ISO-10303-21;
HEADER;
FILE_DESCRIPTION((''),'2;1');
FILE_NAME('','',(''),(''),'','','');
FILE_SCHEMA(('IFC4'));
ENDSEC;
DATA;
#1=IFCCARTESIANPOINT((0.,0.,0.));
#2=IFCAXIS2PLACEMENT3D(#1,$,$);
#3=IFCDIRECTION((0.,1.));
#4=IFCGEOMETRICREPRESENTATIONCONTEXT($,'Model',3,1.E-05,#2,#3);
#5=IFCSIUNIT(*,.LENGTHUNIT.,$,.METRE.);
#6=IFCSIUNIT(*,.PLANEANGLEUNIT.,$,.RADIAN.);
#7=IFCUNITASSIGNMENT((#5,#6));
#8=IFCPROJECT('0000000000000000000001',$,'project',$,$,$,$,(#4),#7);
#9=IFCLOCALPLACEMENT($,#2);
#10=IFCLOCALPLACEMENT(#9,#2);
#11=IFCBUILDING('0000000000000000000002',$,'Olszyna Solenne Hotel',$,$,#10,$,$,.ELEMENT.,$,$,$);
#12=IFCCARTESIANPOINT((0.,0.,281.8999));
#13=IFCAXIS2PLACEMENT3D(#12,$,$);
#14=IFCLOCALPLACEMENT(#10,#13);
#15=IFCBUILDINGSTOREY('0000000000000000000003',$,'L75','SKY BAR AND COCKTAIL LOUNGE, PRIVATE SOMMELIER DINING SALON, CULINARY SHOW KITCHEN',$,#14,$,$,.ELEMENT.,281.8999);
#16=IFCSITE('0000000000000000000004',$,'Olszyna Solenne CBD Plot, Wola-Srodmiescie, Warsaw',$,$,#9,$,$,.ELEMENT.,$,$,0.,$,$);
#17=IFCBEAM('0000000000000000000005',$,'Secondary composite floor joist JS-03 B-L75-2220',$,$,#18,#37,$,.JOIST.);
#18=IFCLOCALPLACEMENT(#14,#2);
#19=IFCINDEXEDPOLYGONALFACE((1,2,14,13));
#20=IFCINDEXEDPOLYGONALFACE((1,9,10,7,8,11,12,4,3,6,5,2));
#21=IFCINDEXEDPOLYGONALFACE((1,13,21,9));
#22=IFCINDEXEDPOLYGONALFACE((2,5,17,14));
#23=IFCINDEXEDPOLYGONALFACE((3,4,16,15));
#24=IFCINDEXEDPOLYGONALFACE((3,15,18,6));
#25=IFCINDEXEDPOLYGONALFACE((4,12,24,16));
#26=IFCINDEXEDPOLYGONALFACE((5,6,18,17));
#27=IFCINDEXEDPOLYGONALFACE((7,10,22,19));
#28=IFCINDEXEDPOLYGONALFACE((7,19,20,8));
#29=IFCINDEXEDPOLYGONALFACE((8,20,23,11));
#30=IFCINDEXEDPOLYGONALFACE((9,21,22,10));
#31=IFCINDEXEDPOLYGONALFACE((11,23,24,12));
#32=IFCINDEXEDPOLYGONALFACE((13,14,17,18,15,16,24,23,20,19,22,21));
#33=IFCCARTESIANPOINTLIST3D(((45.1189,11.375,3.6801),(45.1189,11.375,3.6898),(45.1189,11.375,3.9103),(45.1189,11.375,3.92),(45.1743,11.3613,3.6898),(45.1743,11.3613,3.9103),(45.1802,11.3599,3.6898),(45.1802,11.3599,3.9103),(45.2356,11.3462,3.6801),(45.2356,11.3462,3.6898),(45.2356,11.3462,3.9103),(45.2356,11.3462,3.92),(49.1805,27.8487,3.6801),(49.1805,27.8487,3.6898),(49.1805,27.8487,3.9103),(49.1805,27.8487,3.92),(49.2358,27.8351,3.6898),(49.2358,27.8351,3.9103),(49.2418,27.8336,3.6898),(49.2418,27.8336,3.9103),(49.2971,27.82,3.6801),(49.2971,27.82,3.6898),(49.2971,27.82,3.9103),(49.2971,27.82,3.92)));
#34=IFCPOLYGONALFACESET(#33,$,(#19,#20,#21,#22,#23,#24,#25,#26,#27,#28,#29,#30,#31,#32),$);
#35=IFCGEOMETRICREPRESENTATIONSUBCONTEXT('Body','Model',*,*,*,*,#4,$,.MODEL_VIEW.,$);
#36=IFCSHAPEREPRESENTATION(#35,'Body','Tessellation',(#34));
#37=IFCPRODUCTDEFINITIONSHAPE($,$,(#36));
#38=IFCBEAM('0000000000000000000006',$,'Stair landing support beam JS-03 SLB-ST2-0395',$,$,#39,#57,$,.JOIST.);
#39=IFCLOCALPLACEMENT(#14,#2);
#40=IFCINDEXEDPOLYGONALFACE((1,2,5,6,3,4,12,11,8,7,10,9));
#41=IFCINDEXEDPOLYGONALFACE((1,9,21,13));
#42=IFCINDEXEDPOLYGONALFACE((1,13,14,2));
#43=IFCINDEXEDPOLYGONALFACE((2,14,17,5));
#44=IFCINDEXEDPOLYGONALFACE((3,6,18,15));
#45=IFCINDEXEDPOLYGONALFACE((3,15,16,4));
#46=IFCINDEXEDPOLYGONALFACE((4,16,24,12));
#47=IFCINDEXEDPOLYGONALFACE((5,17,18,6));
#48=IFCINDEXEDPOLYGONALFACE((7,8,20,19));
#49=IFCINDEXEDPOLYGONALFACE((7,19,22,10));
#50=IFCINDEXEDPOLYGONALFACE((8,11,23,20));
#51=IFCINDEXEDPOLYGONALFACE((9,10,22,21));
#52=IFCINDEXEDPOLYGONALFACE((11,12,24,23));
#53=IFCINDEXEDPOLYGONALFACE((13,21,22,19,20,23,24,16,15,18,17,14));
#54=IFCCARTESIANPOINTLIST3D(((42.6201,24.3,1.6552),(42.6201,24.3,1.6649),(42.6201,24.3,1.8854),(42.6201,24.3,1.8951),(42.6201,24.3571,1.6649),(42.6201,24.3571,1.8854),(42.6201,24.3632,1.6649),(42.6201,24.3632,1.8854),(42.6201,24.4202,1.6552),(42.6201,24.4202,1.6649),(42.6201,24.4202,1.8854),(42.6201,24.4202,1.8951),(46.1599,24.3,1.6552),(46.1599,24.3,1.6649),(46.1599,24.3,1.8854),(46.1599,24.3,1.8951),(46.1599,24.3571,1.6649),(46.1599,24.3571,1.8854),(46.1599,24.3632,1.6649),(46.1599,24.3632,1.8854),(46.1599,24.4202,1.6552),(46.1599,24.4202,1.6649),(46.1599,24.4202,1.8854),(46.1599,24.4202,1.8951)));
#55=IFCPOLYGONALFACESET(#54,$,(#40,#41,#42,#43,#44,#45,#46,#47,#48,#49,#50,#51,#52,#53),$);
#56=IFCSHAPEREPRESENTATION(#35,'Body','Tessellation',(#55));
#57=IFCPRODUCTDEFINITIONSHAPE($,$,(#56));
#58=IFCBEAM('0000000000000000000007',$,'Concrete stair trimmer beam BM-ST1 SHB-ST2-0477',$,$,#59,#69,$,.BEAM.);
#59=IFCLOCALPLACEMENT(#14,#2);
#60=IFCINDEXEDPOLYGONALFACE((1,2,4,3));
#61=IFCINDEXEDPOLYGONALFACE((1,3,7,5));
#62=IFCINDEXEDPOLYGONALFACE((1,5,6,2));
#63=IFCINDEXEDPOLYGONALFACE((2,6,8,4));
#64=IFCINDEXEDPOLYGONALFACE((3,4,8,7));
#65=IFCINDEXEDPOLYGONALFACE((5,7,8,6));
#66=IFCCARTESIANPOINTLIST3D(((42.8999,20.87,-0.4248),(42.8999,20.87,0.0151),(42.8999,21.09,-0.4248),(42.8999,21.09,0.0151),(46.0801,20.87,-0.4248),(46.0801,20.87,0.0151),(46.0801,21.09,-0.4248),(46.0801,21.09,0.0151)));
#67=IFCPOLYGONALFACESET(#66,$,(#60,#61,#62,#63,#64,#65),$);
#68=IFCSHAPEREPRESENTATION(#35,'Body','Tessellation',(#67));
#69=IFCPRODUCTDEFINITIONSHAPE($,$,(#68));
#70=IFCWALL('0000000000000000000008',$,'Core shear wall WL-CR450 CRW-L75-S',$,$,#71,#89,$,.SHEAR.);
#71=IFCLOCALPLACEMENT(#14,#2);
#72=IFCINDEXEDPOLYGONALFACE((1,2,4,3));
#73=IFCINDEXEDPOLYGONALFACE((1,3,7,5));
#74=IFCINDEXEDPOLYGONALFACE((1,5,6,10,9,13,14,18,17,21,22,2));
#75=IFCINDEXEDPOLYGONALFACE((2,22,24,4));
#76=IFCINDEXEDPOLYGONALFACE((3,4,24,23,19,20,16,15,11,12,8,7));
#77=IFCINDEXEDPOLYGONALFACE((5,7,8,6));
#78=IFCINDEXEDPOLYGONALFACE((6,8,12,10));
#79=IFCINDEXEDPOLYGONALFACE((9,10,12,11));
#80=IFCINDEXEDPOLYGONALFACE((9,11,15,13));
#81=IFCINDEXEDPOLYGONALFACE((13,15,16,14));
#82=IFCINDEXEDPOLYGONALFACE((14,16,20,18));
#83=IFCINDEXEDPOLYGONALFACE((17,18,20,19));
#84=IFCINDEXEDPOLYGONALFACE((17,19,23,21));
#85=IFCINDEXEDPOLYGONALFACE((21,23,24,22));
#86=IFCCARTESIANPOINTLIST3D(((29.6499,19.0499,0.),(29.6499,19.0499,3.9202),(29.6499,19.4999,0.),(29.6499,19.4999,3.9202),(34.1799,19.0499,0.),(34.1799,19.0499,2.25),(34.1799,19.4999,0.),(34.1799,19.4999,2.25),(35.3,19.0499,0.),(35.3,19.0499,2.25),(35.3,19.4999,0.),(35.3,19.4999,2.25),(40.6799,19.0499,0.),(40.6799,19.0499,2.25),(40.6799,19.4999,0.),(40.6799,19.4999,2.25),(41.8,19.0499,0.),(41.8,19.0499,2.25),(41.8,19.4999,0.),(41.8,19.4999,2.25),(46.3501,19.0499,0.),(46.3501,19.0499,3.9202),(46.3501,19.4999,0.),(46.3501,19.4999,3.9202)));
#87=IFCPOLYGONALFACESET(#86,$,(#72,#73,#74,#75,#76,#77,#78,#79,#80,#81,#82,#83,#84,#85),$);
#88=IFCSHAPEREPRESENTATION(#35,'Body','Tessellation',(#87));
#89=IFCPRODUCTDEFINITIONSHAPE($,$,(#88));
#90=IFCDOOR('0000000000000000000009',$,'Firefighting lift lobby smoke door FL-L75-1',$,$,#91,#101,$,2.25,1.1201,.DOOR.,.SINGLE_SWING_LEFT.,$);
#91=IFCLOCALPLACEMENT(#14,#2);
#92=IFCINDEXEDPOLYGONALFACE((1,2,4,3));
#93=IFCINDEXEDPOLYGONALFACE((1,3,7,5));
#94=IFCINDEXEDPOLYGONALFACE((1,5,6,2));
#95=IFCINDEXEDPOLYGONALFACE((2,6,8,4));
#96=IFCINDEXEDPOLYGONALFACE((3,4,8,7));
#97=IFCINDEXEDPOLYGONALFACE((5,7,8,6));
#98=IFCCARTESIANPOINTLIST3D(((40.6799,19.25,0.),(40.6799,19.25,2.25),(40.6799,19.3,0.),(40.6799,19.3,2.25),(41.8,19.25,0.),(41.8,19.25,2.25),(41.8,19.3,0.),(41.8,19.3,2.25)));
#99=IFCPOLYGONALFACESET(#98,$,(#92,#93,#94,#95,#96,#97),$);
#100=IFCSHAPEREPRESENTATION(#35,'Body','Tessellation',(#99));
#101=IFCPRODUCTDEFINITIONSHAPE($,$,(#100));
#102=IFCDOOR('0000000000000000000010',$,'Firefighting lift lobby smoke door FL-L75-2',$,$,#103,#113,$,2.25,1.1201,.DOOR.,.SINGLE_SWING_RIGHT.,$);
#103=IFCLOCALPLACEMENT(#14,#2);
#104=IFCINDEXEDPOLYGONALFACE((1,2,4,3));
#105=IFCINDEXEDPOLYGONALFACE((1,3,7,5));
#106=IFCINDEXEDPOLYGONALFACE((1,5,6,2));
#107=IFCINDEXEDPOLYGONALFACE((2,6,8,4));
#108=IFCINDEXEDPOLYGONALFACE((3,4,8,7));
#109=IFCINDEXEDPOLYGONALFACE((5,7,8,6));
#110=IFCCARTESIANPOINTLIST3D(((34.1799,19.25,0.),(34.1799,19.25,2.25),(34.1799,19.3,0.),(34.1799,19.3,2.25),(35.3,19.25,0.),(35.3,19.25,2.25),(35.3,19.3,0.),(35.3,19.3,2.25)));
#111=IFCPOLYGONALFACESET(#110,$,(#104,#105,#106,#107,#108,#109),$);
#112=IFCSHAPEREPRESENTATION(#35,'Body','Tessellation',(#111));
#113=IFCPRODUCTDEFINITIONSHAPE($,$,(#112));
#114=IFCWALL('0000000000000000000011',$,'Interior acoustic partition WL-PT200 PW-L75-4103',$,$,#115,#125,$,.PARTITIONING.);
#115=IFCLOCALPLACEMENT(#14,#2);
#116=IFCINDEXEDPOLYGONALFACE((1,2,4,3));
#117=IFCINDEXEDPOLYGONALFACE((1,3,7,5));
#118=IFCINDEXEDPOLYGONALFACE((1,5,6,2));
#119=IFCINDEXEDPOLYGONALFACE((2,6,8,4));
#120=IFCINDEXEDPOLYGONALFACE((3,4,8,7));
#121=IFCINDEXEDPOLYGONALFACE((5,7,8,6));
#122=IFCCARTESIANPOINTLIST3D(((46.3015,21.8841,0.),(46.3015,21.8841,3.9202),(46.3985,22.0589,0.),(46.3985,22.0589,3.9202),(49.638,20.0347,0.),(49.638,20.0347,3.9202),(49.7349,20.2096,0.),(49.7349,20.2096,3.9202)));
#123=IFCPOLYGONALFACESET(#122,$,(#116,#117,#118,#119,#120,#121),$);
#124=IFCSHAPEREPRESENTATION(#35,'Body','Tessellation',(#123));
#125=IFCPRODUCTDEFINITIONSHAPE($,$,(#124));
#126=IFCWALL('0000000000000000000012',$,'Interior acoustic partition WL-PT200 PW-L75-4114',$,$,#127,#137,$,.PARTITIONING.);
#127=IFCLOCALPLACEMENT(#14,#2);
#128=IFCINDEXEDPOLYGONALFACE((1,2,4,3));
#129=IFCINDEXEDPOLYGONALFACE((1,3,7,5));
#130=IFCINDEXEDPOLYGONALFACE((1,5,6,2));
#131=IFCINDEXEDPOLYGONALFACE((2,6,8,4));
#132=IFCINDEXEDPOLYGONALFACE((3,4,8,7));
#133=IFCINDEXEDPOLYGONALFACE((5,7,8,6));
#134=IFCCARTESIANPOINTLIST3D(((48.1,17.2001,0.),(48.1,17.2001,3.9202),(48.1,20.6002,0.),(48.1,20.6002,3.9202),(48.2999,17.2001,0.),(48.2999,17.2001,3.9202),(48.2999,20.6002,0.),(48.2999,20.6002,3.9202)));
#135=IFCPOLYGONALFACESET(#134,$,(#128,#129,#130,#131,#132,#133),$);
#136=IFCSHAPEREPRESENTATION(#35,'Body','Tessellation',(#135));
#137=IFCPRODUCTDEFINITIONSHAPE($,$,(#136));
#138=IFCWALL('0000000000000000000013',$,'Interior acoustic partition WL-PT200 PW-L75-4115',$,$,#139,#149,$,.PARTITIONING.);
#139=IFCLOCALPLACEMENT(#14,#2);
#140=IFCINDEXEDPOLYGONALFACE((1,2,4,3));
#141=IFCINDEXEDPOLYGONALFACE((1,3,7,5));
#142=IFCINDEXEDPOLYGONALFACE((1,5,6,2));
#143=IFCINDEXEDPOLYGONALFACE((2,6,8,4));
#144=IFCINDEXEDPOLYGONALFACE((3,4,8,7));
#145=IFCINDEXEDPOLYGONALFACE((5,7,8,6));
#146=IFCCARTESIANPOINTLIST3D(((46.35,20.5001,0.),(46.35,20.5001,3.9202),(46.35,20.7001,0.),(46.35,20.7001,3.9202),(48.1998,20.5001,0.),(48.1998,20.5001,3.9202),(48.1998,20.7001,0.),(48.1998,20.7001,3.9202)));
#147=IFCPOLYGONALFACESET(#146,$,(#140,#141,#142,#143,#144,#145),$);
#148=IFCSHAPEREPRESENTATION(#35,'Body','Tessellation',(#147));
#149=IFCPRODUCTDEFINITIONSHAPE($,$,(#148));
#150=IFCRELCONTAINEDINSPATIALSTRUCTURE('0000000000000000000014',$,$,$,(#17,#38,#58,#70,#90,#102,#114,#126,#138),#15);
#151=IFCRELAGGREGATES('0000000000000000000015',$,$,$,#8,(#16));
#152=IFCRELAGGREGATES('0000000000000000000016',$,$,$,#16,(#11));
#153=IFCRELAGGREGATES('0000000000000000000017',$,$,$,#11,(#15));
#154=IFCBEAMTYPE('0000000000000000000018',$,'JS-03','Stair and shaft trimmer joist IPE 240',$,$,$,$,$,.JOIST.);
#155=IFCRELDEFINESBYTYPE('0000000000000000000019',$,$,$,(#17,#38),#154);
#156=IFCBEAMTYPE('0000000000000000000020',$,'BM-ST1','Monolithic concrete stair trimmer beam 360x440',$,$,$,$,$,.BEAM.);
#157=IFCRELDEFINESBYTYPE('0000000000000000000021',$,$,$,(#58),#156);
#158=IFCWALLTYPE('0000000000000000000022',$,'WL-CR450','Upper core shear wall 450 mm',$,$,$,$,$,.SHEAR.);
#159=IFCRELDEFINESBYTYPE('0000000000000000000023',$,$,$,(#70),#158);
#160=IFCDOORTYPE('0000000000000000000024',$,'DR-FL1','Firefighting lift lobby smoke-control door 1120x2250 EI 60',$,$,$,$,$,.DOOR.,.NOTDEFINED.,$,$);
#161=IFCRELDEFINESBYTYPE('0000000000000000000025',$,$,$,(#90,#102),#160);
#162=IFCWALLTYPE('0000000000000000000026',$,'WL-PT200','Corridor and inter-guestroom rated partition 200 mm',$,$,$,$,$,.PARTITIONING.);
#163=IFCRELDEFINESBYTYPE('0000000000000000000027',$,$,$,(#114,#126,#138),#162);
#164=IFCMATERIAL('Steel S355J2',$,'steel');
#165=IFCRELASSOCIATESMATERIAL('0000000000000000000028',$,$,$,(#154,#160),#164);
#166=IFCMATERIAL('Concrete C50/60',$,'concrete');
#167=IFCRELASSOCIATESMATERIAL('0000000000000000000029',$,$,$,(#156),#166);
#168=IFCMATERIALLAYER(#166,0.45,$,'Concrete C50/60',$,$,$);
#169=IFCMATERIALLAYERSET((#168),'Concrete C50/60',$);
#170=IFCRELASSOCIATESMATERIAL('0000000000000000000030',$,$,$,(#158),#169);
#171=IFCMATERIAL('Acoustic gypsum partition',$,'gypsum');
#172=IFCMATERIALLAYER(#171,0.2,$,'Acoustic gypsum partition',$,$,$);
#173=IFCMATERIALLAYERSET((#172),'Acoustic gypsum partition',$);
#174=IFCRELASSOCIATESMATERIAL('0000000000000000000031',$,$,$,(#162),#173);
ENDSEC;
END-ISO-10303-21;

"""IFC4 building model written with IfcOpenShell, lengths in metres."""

from ifc_helpers import new_model, si_unit, direction, frame, frame_2d, origin, origin_2d, place, context, subcontext, project, spatial, rectangle, i_section, extrude, source, transform, mapped, material, layer, layer_set, material_profile, profile_set, type_object, type_shapes, element, fill, save


model = new_model("IFC4")

# Units and contexts
model_context = context("Model", 3, precision=1e-05, world=origin(), true_north=direction((0.0, 1.0)))
body_context = subcontext(model_context, "Body", "Model", "MODEL_VIEW")
ifc_project = project(units=[si_unit("LENGTHUNIT", "METRE"), si_unit("PLANEANGLEUNIT", "RADIAN")], contexts=[model_context])

# Site, building, storey
site_placement = place(None, origin())
site = spatial("IfcSite", under=ifc_project, at=site_placement, Name="Olszyna Solenne CBD Plot, Wola-Srodmiescie, Warsaw", CompositionType="ELEMENT", RefElevation=0.0)
building_placement = place(site_placement, origin())
building = spatial("IfcBuilding", under=site, at=building_placement, Name="Olszyna Solenne Hotel", CompositionType="ELEMENT")
storey_placement = place(building_placement, frame((0.0, 0.0, 281.8999)))
storey = spatial("IfcBuildingStorey", under=building, at=storey_placement, Name="L75", Description="SKY BAR AND COCKTAIL LOUNGE, PRIVATE SOMMELIER DINING SALON, CULINARY SHOW KITCHEN", CompositionType="ELEMENT", Elevation=281.8999)

# Beams
ifc_material_1 = material(Name="Steel S355J2", Category="steel")
ifc_material_profile_1 = material_profile(ifc_material_1, i_section(OverallWidth=0.1201, OverallDepth=0.24, WebThickness=0.0061, FlangeThickness=0.0098, at=origin_2d()), Name="IPE 240", Category="load-bearing")
ifc_profile_set_1 = profile_set([ifc_material_profile_1], Name="Steel S355J2")
beam_type_1 = type_object("IfcBeamType", Name="JS-03", Description="Stair and shaft trimmer joist IPE 240", PredefinedType="JOIST", material=ifc_profile_set_1)
shared_shape_1 = source(origin(), body_context, "Body", "SweptSolid", [
    extrude(i_section(OverallWidth=0.1201, OverallDepth=0.24, WebThickness=0.0061, FlangeThickness=0.0098, at=origin_2d()), origin(), (0.0, 0.0, 1.0), 16.967),
])
beam_1_placement = place(storey_placement, frame((45.1772, 11.3606, 3.8), z_axis=(0.239379, 0.970926, 0.0), x_axis=(-0.970926, 0.239379, 0.0)))
element("IfcBeam", 1, at=beam_1_placement, inside=storey, type_object=beam_type_1, Name="Secondary composite floor joist JS-03 B-L75-2220", PredefinedType="JOIST", context=body_context, shape_type="MappedRepresentation", body=[
    mapped(shared_shape_1, transform((0.0, 0.0, 0.0), x_axis=(1.0, 0.0, 0.0), y_axis=(0.0, 1.0, 0.0), z_axis=(0.0, 0.0, 1.0), scale=1.0)),
])
shared_shape_2 = source(origin(), body_context, "Body", "SweptSolid", [
    extrude(i_section(OverallWidth=0.1201, OverallDepth=0.24, WebThickness=0.0061, FlangeThickness=0.0098, at=origin_2d()), origin(), (0.0, 0.0, 1.0), 3.5398),
])
beam_2_placement = place(storey_placement, frame((46.1599, 24.3601, 1.7751), z_axis=(-1.0, 0.0, 0.0), x_axis=(0.0, -1.0, 0.0)))
element("IfcBeam", 2, at=beam_2_placement, inside=storey, type_object=beam_type_1, Name="Stair landing support beam JS-03 SLB-ST2-0395", PredefinedType="JOIST", context=body_context, shape_type="MappedRepresentation", body=[
    mapped(shared_shape_2, transform((0.0, 0.0, 0.0), x_axis=(1.0, 0.0, 0.0), y_axis=(0.0, 1.0, 0.0), z_axis=(0.0, 0.0, 1.0), scale=1.0)),
])
ifc_material_2 = material(Name="Concrete C50/60", Category="concrete")
ifc_material_profile_2 = material_profile(ifc_material_2, rectangle(XDim=0.22, YDim=0.4399, at=origin_2d()), Name="RC 220x440", Category="load-bearing")
ifc_profile_set_2 = profile_set([ifc_material_profile_2], Name="Concrete C50/60")
beam_type_2 = type_object("IfcBeamType", Name="BM-ST1", Description="Monolithic concrete stair trimmer beam 360x440", PredefinedType="BEAM", material=ifc_profile_set_2)
shared_shape_3 = source(origin(), body_context, "Body", "SweptSolid", [
    extrude(rectangle(XDim=0.22, YDim=0.4399, at=origin_2d()), origin(), (0.0, 0.0, 1.0), 3.1802),
])
beam_3_placement = place(storey_placement, frame((46.0801, 20.98, -0.2048), z_axis=(-1.0, 0.0, 0.0), x_axis=(0.0, -1.0, 0.0)))
element("IfcBeam", 3, at=beam_3_placement, inside=storey, type_object=beam_type_2, Name="Concrete stair trimmer beam BM-ST1 SHB-ST2-0477", PredefinedType="BEAM", context=body_context, shape_type="MappedRepresentation", body=[
    mapped(shared_shape_3, transform((0.0, 0.0, 0.0), x_axis=(1.0, 0.0, 0.0), y_axis=(0.0, 1.0, 0.0), z_axis=(0.0, 0.0, 1.0), scale=1.0)),
])

# Wall, openings, doors
ifc_layer_1 = layer(ifc_material_2, 0.45, Name="Concrete C50/60")
ifc_layer_set_1 = layer_set([ifc_layer_1], Name="Concrete C50/60")
wall_type_1 = type_object("IfcWallType", Name="WL-CR450", Description="Upper core shear wall 450 mm", PredefinedType="SHEAR", material=ifc_layer_set_1)
wall_1_placement = place(storey_placement, frame((46.3501, 19.2749, 0.0), z_axis=(0.0, 0.0, 1.0), x_axis=(-1.0, 0.0, 0.0)))
wall_1 = element("IfcWall", 4, at=wall_1_placement, inside=storey, type_object=wall_type_1, Name="Core shear wall WL-CR450 CRW-L75-S", PredefinedType="SHEAR", context=body_context, shape_type="SweptSolid", body=[
    extrude(rectangle(XDim=16.7002, YDim=0.45, at=frame_2d((8.3501, 0.0))), origin(), (0.0, 0.0, 1.0), 3.9202),
])
opening_1_placement = place(wall_1_placement, frame((4.55, 0.0, 0.0)))
opening_1 = element("IfcOpeningElement", 5, at=opening_1_placement, cuts=wall_1, PredefinedType="OPENING", context=body_context, shape_type="SweptSolid", body=[
    extrude(rectangle(XDim=1.1201, YDim=2.25, at=frame_2d((0.5601, 1.125))), frame((0.0, 0.2349, 0.0), z_axis=(0.0, -1.0, 0.0), x_axis=(1.0, 0.0, 0.0)), (0.0, 0.0, 1.0), 0.47),
])
opening_2_placement = place(wall_1_placement, frame((11.05, 0.0, 0.0)))
opening_2 = element("IfcOpeningElement", 6, at=opening_2_placement, cuts=wall_1, PredefinedType="OPENING", context=body_context, shape_type="SweptSolid", body=[
    extrude(rectangle(XDim=1.1201, YDim=2.25, at=frame_2d((0.5601, 1.125))), frame((0.0, 0.2349, 0.0), z_axis=(0.0, -1.0, 0.0), x_axis=(1.0, 0.0, 0.0)), (0.0, 0.0, 1.0), 0.47),
])
door_type_1 = type_object("IfcDoorType", Name="DR-FL1", Description="Firefighting lift lobby smoke-control door 1120x2250 EI 60", OperationType="NOTDEFINED", PredefinedType="DOOR", material=ifc_material_1)
shared_shape_4 = source(origin(), body_context, "Body", "SweptSolid", [
    extrude(rectangle(XDim=1.1201, YDim=2.25, at=frame_2d((0.5601, 1.125))), frame((0.0, 0.0249, 0.0), z_axis=(0.0, -1.0, 0.0), x_axis=(1.0, 0.0, 0.0)), (0.0, 0.0, 1.0), 0.05),
])
type_shapes(door_type_1, [shared_shape_4])
door_1_placement = place(opening_1_placement, origin())
door_1 = element("IfcDoor", 7, at=door_1_placement, inside=storey, type_object=door_type_1, Name="Firefighting lift lobby smoke door FL-L75-1", OperationType="SINGLE_SWING_LEFT", OverallHeight=2.25, OverallWidth=1.1201, PredefinedType="DOOR", context=body_context, shape_type="MappedRepresentation", body=[
    mapped(shared_shape_4, transform((0.0, 0.0, 0.0), x_axis=(1.0, 0.0, 0.0), y_axis=(0.0, 1.0, 0.0), z_axis=(0.0, 0.0, 1.0), scale=1.0)),
])
fill(opening_1, door_1)
door_2_placement = place(opening_2_placement, origin())
door_2 = element("IfcDoor", 8, at=door_2_placement, inside=storey, type_object=door_type_1, Name="Firefighting lift lobby smoke door FL-L75-2", OperationType="SINGLE_SWING_RIGHT", OverallHeight=2.25, OverallWidth=1.1201, PredefinedType="DOOR", context=body_context, shape_type="MappedRepresentation", body=[
    mapped(shared_shape_4, transform((0.0, 0.0, 0.0), x_axis=(1.0, 0.0, 0.0), y_axis=(0.0, 1.0, 0.0), z_axis=(0.0, 0.0, 1.0), scale=1.0)),
])
fill(opening_2, door_2)

# Walls
ifc_material_3 = material(Name="Acoustic gypsum partition", Category="gypsum")
ifc_layer_2 = layer(ifc_material_3, 0.2, Name="Acoustic gypsum partition")
ifc_layer_set_2 = layer_set([ifc_layer_2], Name="Acoustic gypsum partition")
wall_type_2 = type_object("IfcWallType", Name="WL-PT200", Description="Corridor and inter-guestroom rated partition 200 mm", PredefinedType="PARTITIONING", material=ifc_layer_set_2)
wall_2_placement = place(storey_placement, frame((46.3501, 21.9714, 0.0), z_axis=(0.0, 0.0, 1.0), x_axis=(0.874625, -0.4848, 0.0)))
element("IfcWall", 9, at=wall_2_placement, inside=storey, type_object=wall_type_2, Name="Interior acoustic partition WL-PT200 PW-L75-4103", PredefinedType="PARTITIONING", context=body_context, shape_type="SweptSolid", body=[
    extrude(rectangle(XDim=3.8147, YDim=0.2, at=frame_2d((1.9072, 0.0))), origin(), (0.0, 0.0, 1.0), 3.9202),
])
wall_3_placement = place(storey_placement, frame((48.2, 17.2, 0.0), z_axis=(0.0, 0.0, 1.0), x_axis=(0.0, 1.0, 0.0)))
element("IfcWall", 10, at=wall_3_placement, inside=storey, type_object=wall_type_2, Name="Interior acoustic partition WL-PT200 PW-L75-4114", PredefinedType="PARTITIONING", context=body_context, shape_type="SweptSolid", body=[
    extrude(rectangle(XDim=3.4001, YDim=0.2, at=frame_2d((1.7002, 0.0))), origin(), (0.0, 0.0, 1.0), 3.9202),
])
wall_4_placement = place(storey_placement, frame((46.3501, 20.6001, 0.0), z_axis=(0.0, 0.0, 1.0), x_axis=(1.0, 0.0, 0.0)))
element("IfcWall", 11, at=wall_4_placement, inside=storey, type_object=wall_type_2, Name="Interior acoustic partition WL-PT200 PW-L75-4115", PredefinedType="PARTITIONING", context=body_context, shape_type="SweptSolid", body=[
    extrude(rectangle(XDim=1.8499, YDim=0.2, at=frame_2d((0.9248, 0.0))), origin(), (0.0, 0.0, 1.0), 3.9202),
])

save(model, "model.ifc")
